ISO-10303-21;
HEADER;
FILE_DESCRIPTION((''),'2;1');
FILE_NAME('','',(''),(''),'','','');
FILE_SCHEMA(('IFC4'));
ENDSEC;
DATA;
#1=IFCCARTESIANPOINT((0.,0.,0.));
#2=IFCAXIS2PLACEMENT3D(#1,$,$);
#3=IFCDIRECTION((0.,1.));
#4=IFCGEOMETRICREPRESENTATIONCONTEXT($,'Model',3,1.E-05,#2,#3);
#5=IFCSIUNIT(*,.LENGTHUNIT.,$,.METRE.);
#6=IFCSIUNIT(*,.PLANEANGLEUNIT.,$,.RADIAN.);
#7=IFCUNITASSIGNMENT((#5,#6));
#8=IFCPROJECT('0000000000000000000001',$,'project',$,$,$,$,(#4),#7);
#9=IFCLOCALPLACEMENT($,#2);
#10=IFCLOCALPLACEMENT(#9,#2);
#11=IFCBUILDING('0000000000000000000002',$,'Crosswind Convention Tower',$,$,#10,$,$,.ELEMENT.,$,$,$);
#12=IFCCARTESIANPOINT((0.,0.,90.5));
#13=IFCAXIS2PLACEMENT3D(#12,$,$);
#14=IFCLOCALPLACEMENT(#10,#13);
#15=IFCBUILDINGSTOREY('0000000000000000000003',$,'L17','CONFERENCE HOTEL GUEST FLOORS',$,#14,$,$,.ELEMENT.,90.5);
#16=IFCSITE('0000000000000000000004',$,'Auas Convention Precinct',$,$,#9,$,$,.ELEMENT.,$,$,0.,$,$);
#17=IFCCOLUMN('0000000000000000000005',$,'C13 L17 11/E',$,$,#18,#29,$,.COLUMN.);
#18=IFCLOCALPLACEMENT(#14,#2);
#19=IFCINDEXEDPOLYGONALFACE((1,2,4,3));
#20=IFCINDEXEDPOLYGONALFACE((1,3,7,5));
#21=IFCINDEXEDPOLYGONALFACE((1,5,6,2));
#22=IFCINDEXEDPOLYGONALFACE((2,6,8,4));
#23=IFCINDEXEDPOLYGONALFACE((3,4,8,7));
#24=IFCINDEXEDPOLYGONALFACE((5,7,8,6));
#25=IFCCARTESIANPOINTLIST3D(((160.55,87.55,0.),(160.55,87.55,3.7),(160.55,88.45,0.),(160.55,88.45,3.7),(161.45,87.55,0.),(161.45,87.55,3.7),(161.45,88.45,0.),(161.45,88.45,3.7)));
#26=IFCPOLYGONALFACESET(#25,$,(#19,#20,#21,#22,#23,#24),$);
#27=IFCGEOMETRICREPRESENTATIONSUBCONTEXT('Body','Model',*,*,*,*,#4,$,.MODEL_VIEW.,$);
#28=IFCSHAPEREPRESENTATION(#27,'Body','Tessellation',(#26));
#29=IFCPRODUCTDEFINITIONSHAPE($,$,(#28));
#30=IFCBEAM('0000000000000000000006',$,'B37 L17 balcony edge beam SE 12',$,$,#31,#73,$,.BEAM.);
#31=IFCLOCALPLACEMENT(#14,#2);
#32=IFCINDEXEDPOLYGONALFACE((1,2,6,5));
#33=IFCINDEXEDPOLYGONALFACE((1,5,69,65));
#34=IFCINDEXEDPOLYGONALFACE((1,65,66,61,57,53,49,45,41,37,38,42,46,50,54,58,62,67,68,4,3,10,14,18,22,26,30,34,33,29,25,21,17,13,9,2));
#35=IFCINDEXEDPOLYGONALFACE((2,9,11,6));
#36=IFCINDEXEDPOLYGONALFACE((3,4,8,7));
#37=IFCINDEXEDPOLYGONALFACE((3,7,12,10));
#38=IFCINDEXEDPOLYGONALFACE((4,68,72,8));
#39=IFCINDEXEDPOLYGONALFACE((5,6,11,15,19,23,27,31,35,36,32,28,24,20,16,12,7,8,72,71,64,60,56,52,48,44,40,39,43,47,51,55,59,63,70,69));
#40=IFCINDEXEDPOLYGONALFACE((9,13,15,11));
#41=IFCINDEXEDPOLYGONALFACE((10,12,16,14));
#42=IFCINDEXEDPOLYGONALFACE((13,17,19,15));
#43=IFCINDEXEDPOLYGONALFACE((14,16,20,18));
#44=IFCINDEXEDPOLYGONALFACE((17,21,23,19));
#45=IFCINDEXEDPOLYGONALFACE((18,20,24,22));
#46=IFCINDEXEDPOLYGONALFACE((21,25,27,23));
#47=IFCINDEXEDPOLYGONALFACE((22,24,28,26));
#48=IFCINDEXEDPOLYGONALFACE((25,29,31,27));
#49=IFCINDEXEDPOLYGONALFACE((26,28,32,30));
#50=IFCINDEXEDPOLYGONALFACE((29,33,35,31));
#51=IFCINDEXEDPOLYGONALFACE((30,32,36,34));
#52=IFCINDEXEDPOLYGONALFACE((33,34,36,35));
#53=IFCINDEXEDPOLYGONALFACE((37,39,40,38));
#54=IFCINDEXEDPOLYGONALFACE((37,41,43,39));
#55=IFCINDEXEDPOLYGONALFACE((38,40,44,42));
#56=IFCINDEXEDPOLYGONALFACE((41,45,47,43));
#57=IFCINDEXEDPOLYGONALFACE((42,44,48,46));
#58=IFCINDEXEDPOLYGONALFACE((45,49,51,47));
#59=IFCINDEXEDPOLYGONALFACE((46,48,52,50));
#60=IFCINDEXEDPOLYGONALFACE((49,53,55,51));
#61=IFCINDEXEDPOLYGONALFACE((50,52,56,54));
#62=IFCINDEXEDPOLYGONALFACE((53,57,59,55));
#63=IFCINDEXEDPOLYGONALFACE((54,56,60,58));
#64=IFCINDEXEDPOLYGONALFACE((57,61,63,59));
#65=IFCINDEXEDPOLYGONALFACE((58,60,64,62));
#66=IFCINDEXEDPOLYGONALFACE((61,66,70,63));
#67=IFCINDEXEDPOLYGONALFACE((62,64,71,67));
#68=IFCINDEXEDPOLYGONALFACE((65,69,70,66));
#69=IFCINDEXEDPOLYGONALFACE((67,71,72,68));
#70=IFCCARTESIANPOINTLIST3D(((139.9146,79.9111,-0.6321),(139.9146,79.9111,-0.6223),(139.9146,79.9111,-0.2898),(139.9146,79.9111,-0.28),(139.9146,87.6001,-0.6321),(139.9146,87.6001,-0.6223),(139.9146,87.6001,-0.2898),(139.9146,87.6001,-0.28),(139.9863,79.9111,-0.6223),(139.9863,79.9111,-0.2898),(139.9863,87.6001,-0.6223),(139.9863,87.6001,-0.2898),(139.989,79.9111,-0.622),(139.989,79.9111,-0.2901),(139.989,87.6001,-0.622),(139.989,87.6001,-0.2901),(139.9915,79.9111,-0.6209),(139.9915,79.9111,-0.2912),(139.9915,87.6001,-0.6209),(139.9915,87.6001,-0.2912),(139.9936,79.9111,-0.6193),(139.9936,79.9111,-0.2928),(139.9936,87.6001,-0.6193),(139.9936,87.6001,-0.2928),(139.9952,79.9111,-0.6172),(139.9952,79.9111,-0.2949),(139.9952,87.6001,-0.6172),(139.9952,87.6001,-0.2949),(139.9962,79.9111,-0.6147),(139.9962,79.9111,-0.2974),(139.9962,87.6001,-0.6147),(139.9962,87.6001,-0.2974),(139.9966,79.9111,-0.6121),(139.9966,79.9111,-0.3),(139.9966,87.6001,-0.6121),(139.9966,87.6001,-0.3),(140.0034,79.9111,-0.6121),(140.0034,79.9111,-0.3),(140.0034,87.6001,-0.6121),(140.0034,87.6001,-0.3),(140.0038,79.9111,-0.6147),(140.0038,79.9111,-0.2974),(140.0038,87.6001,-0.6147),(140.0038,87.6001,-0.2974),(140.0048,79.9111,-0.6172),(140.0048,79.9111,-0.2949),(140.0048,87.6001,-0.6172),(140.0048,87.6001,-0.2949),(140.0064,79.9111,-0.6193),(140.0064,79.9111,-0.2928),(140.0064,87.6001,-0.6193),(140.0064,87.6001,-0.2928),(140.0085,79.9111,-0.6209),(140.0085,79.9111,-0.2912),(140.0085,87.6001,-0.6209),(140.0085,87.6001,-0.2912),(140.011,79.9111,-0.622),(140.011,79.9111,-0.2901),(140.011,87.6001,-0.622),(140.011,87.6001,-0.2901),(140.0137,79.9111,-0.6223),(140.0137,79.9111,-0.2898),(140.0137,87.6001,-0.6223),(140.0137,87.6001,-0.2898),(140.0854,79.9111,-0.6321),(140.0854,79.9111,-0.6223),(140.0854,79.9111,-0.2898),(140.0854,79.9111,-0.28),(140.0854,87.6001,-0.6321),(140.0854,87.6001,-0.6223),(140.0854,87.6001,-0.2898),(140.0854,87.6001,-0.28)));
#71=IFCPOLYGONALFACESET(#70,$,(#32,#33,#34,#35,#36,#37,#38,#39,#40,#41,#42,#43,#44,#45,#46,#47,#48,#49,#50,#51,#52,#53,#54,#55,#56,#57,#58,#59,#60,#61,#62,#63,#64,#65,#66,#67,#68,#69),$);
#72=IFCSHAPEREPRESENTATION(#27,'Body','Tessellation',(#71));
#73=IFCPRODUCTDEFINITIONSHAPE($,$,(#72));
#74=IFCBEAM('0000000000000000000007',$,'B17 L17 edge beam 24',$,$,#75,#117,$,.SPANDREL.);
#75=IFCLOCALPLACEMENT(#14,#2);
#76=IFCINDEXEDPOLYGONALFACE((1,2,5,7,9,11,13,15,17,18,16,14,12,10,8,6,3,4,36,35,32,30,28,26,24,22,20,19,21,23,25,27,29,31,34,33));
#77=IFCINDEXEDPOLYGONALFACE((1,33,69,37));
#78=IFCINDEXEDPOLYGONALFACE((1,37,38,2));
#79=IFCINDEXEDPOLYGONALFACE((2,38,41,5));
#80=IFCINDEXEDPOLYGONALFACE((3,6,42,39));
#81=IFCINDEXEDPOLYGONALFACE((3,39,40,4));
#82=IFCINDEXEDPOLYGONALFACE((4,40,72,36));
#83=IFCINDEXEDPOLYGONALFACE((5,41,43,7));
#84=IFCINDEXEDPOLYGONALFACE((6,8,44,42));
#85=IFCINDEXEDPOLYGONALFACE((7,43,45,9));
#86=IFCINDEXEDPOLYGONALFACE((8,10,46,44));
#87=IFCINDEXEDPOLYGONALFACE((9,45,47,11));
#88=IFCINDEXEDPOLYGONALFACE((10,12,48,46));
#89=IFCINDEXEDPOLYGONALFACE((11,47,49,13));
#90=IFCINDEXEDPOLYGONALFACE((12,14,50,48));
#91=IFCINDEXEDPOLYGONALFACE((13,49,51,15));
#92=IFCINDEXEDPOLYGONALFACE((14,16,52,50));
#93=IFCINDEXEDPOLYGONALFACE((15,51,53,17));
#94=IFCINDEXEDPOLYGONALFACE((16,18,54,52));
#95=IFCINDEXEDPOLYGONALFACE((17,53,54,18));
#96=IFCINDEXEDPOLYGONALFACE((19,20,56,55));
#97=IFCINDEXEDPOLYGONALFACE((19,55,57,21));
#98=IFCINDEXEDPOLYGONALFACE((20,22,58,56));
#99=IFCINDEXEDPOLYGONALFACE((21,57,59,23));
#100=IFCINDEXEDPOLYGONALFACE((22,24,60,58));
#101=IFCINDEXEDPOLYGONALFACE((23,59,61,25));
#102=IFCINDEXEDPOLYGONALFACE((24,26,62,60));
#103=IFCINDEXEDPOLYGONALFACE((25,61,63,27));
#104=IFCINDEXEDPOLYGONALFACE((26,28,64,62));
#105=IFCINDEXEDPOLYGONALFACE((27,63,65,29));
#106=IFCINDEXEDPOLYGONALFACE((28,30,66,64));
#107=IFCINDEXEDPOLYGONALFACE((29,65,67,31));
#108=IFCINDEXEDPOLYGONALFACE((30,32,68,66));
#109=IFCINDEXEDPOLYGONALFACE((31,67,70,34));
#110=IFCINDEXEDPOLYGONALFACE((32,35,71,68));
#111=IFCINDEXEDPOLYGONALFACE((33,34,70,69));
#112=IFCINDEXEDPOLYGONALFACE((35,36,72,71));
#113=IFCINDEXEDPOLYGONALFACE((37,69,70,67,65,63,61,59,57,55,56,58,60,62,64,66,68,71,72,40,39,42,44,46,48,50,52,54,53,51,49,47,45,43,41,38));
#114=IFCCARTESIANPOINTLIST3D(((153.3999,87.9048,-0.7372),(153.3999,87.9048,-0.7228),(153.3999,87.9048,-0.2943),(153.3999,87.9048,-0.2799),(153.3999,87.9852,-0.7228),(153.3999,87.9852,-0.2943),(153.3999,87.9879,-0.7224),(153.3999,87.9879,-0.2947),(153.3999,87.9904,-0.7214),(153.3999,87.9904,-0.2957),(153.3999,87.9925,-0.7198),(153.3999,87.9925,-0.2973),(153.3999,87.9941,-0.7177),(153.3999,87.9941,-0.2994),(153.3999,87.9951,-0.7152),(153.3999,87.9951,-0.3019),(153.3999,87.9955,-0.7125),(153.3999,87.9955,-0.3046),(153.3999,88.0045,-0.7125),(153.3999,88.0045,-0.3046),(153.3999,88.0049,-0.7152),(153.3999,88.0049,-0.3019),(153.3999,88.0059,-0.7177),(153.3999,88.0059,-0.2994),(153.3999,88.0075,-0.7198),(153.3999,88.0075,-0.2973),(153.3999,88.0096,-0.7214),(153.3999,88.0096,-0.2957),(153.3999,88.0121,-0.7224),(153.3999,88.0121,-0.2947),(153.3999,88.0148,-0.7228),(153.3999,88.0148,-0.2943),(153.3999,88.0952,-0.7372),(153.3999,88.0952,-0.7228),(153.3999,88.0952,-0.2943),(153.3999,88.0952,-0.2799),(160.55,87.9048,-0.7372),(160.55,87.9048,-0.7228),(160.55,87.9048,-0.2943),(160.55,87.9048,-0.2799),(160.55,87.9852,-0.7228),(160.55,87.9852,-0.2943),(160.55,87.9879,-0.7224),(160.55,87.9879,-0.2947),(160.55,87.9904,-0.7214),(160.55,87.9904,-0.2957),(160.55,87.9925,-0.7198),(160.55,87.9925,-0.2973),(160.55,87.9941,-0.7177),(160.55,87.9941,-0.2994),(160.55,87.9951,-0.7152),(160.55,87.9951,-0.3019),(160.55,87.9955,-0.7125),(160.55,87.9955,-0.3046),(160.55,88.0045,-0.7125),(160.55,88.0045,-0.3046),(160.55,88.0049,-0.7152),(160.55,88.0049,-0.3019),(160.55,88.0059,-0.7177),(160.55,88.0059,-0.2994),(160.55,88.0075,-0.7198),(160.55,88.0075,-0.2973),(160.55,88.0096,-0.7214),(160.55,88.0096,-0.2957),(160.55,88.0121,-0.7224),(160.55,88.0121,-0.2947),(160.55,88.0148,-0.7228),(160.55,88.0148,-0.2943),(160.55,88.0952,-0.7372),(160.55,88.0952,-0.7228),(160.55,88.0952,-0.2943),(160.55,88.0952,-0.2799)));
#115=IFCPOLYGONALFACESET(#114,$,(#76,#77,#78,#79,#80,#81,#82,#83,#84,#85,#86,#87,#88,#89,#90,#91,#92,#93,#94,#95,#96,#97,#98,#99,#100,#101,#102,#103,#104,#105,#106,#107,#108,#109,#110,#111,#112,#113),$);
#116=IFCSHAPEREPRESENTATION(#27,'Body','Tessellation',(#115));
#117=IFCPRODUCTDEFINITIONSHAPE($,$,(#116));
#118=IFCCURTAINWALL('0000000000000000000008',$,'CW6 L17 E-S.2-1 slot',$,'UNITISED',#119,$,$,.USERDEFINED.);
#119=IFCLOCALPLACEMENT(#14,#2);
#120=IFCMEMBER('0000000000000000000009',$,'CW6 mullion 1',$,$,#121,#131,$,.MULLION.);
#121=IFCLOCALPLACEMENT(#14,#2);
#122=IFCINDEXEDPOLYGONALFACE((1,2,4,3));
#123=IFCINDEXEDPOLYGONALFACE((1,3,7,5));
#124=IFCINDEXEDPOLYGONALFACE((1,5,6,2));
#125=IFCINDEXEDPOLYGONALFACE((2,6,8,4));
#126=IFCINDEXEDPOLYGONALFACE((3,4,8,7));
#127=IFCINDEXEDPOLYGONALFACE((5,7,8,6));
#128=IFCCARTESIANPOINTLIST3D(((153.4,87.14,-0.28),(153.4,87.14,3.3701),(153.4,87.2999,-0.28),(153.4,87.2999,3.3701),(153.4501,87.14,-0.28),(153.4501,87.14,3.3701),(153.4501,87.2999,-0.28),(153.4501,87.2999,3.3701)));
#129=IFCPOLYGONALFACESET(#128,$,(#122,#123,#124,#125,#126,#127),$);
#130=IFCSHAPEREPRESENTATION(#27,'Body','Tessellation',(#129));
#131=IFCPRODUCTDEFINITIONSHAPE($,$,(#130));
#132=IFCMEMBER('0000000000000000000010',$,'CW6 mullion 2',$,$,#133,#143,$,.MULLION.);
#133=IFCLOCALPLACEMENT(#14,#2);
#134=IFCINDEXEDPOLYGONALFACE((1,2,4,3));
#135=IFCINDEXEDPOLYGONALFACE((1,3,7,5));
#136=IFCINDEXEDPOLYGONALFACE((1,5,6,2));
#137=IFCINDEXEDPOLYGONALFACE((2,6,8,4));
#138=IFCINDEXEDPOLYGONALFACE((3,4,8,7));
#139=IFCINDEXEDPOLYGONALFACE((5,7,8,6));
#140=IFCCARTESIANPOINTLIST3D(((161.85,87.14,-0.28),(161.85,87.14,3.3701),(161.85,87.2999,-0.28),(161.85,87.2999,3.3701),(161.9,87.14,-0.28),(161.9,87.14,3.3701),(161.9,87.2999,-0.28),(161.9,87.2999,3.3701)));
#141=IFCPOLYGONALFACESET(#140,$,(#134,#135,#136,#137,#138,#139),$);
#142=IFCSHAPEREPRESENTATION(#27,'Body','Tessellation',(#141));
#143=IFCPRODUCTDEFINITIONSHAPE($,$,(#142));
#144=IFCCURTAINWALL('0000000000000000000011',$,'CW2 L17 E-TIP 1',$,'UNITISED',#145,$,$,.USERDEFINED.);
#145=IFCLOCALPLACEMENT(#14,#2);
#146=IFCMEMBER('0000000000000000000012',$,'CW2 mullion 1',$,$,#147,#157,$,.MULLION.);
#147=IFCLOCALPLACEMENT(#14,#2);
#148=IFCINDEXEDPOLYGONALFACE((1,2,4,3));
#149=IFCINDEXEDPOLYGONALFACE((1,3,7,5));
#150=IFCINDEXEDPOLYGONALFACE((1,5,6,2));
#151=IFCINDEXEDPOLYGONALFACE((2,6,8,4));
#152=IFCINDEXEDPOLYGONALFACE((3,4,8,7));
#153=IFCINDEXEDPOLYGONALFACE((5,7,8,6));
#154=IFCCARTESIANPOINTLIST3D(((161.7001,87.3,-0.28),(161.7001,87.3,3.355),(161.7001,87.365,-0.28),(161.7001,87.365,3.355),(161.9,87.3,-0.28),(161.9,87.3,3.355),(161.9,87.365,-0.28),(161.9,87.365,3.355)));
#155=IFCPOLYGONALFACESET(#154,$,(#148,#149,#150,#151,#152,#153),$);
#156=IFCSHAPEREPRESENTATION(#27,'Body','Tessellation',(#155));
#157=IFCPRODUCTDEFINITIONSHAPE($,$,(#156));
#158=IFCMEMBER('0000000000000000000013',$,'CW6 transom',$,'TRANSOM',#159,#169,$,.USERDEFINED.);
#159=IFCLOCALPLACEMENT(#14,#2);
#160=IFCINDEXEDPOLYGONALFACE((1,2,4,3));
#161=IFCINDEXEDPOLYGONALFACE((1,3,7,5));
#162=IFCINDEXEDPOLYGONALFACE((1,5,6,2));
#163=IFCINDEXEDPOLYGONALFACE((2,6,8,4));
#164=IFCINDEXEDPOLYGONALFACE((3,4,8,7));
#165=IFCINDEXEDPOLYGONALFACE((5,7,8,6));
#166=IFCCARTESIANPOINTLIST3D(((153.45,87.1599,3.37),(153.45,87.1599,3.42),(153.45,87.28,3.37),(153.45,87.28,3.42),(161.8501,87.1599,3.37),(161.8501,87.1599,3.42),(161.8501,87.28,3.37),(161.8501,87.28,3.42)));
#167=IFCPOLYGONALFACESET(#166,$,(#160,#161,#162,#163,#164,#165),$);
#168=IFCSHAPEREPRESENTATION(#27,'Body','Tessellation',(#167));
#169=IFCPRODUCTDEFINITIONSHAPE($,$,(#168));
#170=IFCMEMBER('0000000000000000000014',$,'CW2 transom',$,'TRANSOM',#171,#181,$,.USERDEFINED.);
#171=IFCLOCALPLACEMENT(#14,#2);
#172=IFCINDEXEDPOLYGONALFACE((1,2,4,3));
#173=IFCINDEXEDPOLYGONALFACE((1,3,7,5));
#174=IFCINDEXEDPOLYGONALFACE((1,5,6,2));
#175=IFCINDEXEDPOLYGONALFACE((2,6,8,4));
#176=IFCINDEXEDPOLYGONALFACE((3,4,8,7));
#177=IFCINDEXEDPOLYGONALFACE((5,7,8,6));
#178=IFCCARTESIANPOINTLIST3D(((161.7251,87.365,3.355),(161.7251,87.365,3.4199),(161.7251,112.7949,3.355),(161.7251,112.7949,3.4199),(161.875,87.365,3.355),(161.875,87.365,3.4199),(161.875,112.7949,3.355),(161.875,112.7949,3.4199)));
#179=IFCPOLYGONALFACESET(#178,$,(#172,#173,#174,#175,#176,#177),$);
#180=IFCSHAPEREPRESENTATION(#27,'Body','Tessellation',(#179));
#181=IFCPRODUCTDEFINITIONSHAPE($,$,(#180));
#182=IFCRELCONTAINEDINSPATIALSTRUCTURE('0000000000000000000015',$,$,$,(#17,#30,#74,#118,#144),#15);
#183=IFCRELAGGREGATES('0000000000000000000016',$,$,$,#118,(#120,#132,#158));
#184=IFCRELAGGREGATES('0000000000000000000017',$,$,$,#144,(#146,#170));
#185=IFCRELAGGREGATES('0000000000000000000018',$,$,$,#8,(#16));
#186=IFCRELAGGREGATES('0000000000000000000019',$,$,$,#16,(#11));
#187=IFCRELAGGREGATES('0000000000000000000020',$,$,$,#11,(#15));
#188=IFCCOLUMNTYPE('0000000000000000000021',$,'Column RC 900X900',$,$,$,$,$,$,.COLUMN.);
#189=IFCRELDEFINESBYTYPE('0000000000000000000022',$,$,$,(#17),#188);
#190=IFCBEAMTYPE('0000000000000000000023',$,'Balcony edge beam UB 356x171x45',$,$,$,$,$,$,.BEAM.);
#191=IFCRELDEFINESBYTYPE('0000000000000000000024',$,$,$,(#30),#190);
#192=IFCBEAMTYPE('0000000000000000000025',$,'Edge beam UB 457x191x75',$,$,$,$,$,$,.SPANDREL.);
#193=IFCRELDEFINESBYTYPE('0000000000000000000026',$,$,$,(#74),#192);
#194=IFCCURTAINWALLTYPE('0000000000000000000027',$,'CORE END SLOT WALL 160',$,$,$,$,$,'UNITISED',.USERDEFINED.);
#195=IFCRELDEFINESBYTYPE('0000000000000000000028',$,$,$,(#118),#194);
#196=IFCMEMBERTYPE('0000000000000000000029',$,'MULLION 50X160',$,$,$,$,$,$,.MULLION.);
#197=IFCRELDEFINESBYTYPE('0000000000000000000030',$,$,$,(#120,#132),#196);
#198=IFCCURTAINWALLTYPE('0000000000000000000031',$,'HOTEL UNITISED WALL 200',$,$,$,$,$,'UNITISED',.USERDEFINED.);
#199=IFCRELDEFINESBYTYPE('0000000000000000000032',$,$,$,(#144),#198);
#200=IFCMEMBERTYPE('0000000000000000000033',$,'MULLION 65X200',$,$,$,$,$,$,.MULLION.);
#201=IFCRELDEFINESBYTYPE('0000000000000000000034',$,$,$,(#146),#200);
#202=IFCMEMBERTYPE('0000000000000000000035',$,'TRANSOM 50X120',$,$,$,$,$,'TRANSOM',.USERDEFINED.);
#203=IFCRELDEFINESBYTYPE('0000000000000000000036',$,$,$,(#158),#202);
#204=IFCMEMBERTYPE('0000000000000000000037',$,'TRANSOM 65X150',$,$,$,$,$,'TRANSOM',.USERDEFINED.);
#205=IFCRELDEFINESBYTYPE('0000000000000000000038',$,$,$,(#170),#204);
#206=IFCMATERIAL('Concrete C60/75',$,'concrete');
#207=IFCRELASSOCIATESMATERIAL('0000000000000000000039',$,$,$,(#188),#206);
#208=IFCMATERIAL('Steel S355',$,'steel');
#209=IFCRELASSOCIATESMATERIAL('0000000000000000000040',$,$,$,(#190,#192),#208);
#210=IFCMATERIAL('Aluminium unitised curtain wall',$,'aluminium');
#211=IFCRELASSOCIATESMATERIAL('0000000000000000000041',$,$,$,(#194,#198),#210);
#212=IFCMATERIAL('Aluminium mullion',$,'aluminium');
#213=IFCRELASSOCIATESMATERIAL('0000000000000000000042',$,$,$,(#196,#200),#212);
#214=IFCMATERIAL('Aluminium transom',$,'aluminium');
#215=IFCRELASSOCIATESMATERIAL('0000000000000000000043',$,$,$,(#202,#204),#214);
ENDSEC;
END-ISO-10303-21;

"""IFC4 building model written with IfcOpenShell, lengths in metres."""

from ifc_helpers import new_model, si_unit, direction, frame, origin, origin_2d, place, context, subcontext, project, spatial, rectangle, i_section, extrude, material, material_profile, profile_set, type_object, element, aggregate, save


model = new_model("IFC4")

# Units and contexts
model_context = context("Model", 3, precision=1e-05, world=origin(), true_north=direction((0.0, 1.0)))
body_context = subcontext(model_context, "Body", "Model", "MODEL_VIEW")
ifc_project = project(units=[si_unit("LENGTHUNIT", "METRE"), si_unit("PLANEANGLEUNIT", "RADIAN")], contexts=[model_context])

# Site, building, storey
site_placement = place(None, origin())
site = spatial("IfcSite", under=ifc_project, at=site_placement, Name="Auas Convention Precinct", CompositionType="ELEMENT", RefElevation=0.0)
building_placement = place(site_placement, origin())
building = spatial("IfcBuilding", under=site, at=building_placement, Name="Crosswind Convention Tower", CompositionType="ELEMENT")
storey_placement = place(building_placement, frame((0.0, 0.0, 90.5)))
storey = spatial("IfcBuildingStorey", under=building, at=storey_placement, Name="L17", Description="CONFERENCE HOTEL GUEST FLOORS", CompositionType="ELEMENT", Elevation=90.5)

# Column
ifc_material_1 = material(Name="Concrete C60/75", Category="concrete")
ifc_material_profile_1 = material_profile(ifc_material_1, rectangle(XDim=0.8999, YDim=0.8999, at=origin_2d()), Name="RC 900X900")
ifc_profile_set_1 = profile_set([ifc_material_profile_1], Name="Concrete C60/75")
column_type = type_object("IfcColumnType", Name="Column RC 900X900", PredefinedType="COLUMN", material=ifc_profile_set_1)
column_placement = place(storey_placement, frame((161.0, 88.0, 0.0), z_axis=(0.0, 0.0, 1.0), x_axis=(1.0, 0.0, 0.0)))
element("IfcColumn", 1, at=column_placement, inside=storey, type_object=column_type, Name="C13 L17 11/E", PredefinedType="COLUMN", context=body_context, shape_type="SweptSolid", body=[
    extrude(rectangle(XDim=0.8999, YDim=0.8999, at=origin_2d()), origin(), (0.0, 0.0, 1.0), 3.7),
])

# Beams
ifc_material_2 = material(Name="Steel S355", Category="steel")
ifc_material_profile_2 = material_profile(ifc_material_2, i_section(OverallWidth=0.1709, OverallDepth=0.3521, WebThickness=0.0068, FlangeThickness=0.0098, FilletRadius=0.0103, at=origin_2d()), Name="UB 356x171x45")
ifc_profile_set_2 = profile_set([ifc_material_profile_2], Name="Steel S355")
beam_type_1 = type_object("IfcBeamType", Name="Balcony edge beam UB 356x171x45", PredefinedType="BEAM", material=ifc_profile_set_2)
beam_1_placement = place(storey_placement, frame((140.0, 87.6001, -0.4561), z_axis=(0.0, -1.0, 0.0), x_axis=(1.0, 0.0, 0.0)))
element("IfcBeam", 2, at=beam_1_placement, inside=storey, type_object=beam_type_1, Name="B37 L17 balcony edge beam SE 12", PredefinedType="BEAM", context=body_context, shape_type="SweptSolid", body=[
    extrude(i_section(OverallWidth=0.1709, OverallDepth=0.3521, WebThickness=0.0068, FlangeThickness=0.0098, FilletRadius=0.0103, at=origin_2d()), origin(), (0.0, 0.0, 1.0), 7.689),
])
ifc_material_profile_3 = material_profile(ifc_material_2, i_section(OverallWidth=0.1904, OverallDepth=0.4573, WebThickness=0.009, FlangeThickness=0.0144, FilletRadius=0.0103, at=origin_2d()), Name="UB 457x191x75")
ifc_profile_set_3 = profile_set([ifc_material_profile_3], Name="Steel S355")
beam_type_2 = type_object("IfcBeamType", Name="Edge beam UB 457x191x75", PredefinedType="SPANDREL", material=ifc_profile_set_3)
beam_2_placement = place(storey_placement, frame((153.3999, 88.0, -0.5085), z_axis=(1.0, 0.0, 0.0), x_axis=(0.0, 1.0, 0.0)))
element("IfcBeam", 3, at=beam_2_placement, inside=storey, type_object=beam_type_2, Name="B17 L17 edge beam 24", PredefinedType="SPANDREL", context=body_context, shape_type="SweptSolid", body=[
    extrude(i_section(OverallWidth=0.1904, OverallDepth=0.4573, WebThickness=0.009, FlangeThickness=0.0144, FilletRadius=0.0103, at=origin_2d()), origin(), (0.0, 0.0, 1.0), 7.1501),
])

# Curtain wall, members
ifc_material_3 = material(Name="Aluminium unitised curtain wall", Category="aluminium")
curtain_wall_type_1 = type_object("IfcCurtainWallType", Name="CORE END SLOT WALL 160", ElementType="UNITISED", PredefinedType="USERDEFINED", material=ifc_material_3)
curtain_wall_1_placement = place(storey_placement, origin())
curtain_wall_1 = element("IfcCurtainWall", 4, at=curtain_wall_1_placement, inside=storey, type_object=curtain_wall_type_1, Name="CW6 L17 E-S.2-1 slot", ObjectType="UNITISED", PredefinedType="USERDEFINED")
ifc_material_4 = material(Name="Aluminium mullion", Category="aluminium")
ifc_material_profile_4 = material_profile(ifc_material_4, rectangle(XDim=0.1599, YDim=0.05, at=origin_2d()), Name="AL 160X50")
ifc_profile_set_4 = profile_set([ifc_material_profile_4], Name="Aluminium mullion")
member_type_1 = type_object("IfcMemberType", Name="MULLION 50X160", PredefinedType="MULLION", material=ifc_profile_set_4)
member_1_placement = place(storey_placement, frame((153.425, 87.22, -0.28), z_axis=(0.0, 0.0, 1.0), x_axis=(0.0, -1.0, 0.0)))
member_1 = element("IfcMember", 5, at=member_1_placement, type_object=member_type_1, Name="CW6 mullion 1", PredefinedType="MULLION", context=body_context, shape_type="SweptSolid", body=[
    extrude(rectangle(XDim=0.1599, YDim=0.05, at=origin_2d()), origin(), (0.0, 0.0, 1.0), 3.6501),
])
member_2_placement = place(storey_placement, frame((161.875, 87.22, -0.28), z_axis=(0.0, 0.0, 1.0), x_axis=(0.0, -1.0, 0.0)))
member_2 = element("IfcMember", 6, at=member_2_placement, type_object=member_type_1, Name="CW6 mullion 2", PredefinedType="MULLION", context=body_context, shape_type="SweptSolid", body=[
    extrude(rectangle(XDim=0.1599, YDim=0.05, at=origin_2d()), origin(), (0.0, 0.0, 1.0), 3.6501),
])

# Curtain wall, member
curtain_wall_type_2 = type_object("IfcCurtainWallType", Name="HOTEL UNITISED WALL 200", ElementType="UNITISED", PredefinedType="USERDEFINED", material=ifc_material_3)
curtain_wall_2_placement = place(storey_placement, origin())
curtain_wall_2 = element("IfcCurtainWall", 7, at=curtain_wall_2_placement, inside=storey, type_object=curtain_wall_type_2, Name="CW2 L17 E-TIP 1", ObjectType="UNITISED", PredefinedType="USERDEFINED")
ifc_material_profile_5 = material_profile(ifc_material_4, rectangle(XDim=0.2, YDim=0.0649, at=origin_2d()), Name="AL 200X65")
ifc_profile_set_5 = profile_set([ifc_material_profile_5], Name="Aluminium mullion")
member_type_2 = type_object("IfcMemberType", Name="MULLION 65X200", PredefinedType="MULLION", material=ifc_profile_set_5)
member_3_placement = place(storey_placement, frame((161.8, 87.3325, -0.28), z_axis=(0.0, 0.0, 1.0), x_axis=(1.0, 0.0, 0.0)))
member_3 = element("IfcMember", 8, at=member_3_placement, type_object=member_type_2, Name="CW2 mullion 1", PredefinedType="MULLION", context=body_context, shape_type="SweptSolid", body=[
    extrude(rectangle(XDim=0.2, YDim=0.0649, at=origin_2d()), origin(), (0.0, 0.0, 1.0), 3.635),
])

# Members
ifc_material_5 = material(Name="Aluminium transom", Category="aluminium")
ifc_material_profile_6 = material_profile(ifc_material_5, rectangle(XDim=0.1201, YDim=0.05, at=origin_2d()), Name="AL 120X50")
ifc_profile_set_6 = profile_set([ifc_material_profile_6], Name="Aluminium transom")
member_type_3 = type_object("IfcMemberType", Name="TRANSOM 50X120", ElementType="TRANSOM", PredefinedType="USERDEFINED", material=ifc_profile_set_6)
member_4_placement = place(storey_placement, frame((153.45, 87.22, 3.395), z_axis=(1.0, 0.0, 0.0), x_axis=(0.0, 1.0, 0.0)))
member_4 = element("IfcMember", 9, at=member_4_placement, type_object=member_type_3, Name="CW6 transom", ObjectType="TRANSOM", PredefinedType="USERDEFINED", context=body_context, shape_type="SweptSolid", body=[
    extrude(rectangle(XDim=0.1201, YDim=0.05, at=origin_2d()), origin(), (0.0, 0.0, 1.0), 8.4001),
])
ifc_material_profile_7 = material_profile(ifc_material_5, rectangle(XDim=0.1499, YDim=0.0649, at=origin_2d()), Name="AL 150X65")
ifc_profile_set_7 = profile_set([ifc_material_profile_7], Name="Aluminium transom")
member_type_4 = type_object("IfcMemberType", Name="TRANSOM 65X150", ElementType="TRANSOM", PredefinedType="USERDEFINED", material=ifc_profile_set_7)
member_5_placement = place(storey_placement, frame((161.8, 87.365, 3.3875), z_axis=(0.0, 1.0, 0.0), x_axis=(-1.0, 0.0, 0.0)))
member_5 = element("IfcMember", 10, at=member_5_placement, type_object=member_type_4, Name="CW2 transom", ObjectType="TRANSOM", PredefinedType="USERDEFINED", context=body_context, shape_type="SweptSolid", body=[
    extrude(rectangle(XDim=0.1499, YDim=0.0649, at=origin_2d()), origin(), (0.0, 0.0, 1.0), 25.4299),
])

aggregate(curtain_wall_1, [member_1, member_2, member_4])

aggregate(curtain_wall_2, [member_3, member_5])

save(model, "model.ifc")
